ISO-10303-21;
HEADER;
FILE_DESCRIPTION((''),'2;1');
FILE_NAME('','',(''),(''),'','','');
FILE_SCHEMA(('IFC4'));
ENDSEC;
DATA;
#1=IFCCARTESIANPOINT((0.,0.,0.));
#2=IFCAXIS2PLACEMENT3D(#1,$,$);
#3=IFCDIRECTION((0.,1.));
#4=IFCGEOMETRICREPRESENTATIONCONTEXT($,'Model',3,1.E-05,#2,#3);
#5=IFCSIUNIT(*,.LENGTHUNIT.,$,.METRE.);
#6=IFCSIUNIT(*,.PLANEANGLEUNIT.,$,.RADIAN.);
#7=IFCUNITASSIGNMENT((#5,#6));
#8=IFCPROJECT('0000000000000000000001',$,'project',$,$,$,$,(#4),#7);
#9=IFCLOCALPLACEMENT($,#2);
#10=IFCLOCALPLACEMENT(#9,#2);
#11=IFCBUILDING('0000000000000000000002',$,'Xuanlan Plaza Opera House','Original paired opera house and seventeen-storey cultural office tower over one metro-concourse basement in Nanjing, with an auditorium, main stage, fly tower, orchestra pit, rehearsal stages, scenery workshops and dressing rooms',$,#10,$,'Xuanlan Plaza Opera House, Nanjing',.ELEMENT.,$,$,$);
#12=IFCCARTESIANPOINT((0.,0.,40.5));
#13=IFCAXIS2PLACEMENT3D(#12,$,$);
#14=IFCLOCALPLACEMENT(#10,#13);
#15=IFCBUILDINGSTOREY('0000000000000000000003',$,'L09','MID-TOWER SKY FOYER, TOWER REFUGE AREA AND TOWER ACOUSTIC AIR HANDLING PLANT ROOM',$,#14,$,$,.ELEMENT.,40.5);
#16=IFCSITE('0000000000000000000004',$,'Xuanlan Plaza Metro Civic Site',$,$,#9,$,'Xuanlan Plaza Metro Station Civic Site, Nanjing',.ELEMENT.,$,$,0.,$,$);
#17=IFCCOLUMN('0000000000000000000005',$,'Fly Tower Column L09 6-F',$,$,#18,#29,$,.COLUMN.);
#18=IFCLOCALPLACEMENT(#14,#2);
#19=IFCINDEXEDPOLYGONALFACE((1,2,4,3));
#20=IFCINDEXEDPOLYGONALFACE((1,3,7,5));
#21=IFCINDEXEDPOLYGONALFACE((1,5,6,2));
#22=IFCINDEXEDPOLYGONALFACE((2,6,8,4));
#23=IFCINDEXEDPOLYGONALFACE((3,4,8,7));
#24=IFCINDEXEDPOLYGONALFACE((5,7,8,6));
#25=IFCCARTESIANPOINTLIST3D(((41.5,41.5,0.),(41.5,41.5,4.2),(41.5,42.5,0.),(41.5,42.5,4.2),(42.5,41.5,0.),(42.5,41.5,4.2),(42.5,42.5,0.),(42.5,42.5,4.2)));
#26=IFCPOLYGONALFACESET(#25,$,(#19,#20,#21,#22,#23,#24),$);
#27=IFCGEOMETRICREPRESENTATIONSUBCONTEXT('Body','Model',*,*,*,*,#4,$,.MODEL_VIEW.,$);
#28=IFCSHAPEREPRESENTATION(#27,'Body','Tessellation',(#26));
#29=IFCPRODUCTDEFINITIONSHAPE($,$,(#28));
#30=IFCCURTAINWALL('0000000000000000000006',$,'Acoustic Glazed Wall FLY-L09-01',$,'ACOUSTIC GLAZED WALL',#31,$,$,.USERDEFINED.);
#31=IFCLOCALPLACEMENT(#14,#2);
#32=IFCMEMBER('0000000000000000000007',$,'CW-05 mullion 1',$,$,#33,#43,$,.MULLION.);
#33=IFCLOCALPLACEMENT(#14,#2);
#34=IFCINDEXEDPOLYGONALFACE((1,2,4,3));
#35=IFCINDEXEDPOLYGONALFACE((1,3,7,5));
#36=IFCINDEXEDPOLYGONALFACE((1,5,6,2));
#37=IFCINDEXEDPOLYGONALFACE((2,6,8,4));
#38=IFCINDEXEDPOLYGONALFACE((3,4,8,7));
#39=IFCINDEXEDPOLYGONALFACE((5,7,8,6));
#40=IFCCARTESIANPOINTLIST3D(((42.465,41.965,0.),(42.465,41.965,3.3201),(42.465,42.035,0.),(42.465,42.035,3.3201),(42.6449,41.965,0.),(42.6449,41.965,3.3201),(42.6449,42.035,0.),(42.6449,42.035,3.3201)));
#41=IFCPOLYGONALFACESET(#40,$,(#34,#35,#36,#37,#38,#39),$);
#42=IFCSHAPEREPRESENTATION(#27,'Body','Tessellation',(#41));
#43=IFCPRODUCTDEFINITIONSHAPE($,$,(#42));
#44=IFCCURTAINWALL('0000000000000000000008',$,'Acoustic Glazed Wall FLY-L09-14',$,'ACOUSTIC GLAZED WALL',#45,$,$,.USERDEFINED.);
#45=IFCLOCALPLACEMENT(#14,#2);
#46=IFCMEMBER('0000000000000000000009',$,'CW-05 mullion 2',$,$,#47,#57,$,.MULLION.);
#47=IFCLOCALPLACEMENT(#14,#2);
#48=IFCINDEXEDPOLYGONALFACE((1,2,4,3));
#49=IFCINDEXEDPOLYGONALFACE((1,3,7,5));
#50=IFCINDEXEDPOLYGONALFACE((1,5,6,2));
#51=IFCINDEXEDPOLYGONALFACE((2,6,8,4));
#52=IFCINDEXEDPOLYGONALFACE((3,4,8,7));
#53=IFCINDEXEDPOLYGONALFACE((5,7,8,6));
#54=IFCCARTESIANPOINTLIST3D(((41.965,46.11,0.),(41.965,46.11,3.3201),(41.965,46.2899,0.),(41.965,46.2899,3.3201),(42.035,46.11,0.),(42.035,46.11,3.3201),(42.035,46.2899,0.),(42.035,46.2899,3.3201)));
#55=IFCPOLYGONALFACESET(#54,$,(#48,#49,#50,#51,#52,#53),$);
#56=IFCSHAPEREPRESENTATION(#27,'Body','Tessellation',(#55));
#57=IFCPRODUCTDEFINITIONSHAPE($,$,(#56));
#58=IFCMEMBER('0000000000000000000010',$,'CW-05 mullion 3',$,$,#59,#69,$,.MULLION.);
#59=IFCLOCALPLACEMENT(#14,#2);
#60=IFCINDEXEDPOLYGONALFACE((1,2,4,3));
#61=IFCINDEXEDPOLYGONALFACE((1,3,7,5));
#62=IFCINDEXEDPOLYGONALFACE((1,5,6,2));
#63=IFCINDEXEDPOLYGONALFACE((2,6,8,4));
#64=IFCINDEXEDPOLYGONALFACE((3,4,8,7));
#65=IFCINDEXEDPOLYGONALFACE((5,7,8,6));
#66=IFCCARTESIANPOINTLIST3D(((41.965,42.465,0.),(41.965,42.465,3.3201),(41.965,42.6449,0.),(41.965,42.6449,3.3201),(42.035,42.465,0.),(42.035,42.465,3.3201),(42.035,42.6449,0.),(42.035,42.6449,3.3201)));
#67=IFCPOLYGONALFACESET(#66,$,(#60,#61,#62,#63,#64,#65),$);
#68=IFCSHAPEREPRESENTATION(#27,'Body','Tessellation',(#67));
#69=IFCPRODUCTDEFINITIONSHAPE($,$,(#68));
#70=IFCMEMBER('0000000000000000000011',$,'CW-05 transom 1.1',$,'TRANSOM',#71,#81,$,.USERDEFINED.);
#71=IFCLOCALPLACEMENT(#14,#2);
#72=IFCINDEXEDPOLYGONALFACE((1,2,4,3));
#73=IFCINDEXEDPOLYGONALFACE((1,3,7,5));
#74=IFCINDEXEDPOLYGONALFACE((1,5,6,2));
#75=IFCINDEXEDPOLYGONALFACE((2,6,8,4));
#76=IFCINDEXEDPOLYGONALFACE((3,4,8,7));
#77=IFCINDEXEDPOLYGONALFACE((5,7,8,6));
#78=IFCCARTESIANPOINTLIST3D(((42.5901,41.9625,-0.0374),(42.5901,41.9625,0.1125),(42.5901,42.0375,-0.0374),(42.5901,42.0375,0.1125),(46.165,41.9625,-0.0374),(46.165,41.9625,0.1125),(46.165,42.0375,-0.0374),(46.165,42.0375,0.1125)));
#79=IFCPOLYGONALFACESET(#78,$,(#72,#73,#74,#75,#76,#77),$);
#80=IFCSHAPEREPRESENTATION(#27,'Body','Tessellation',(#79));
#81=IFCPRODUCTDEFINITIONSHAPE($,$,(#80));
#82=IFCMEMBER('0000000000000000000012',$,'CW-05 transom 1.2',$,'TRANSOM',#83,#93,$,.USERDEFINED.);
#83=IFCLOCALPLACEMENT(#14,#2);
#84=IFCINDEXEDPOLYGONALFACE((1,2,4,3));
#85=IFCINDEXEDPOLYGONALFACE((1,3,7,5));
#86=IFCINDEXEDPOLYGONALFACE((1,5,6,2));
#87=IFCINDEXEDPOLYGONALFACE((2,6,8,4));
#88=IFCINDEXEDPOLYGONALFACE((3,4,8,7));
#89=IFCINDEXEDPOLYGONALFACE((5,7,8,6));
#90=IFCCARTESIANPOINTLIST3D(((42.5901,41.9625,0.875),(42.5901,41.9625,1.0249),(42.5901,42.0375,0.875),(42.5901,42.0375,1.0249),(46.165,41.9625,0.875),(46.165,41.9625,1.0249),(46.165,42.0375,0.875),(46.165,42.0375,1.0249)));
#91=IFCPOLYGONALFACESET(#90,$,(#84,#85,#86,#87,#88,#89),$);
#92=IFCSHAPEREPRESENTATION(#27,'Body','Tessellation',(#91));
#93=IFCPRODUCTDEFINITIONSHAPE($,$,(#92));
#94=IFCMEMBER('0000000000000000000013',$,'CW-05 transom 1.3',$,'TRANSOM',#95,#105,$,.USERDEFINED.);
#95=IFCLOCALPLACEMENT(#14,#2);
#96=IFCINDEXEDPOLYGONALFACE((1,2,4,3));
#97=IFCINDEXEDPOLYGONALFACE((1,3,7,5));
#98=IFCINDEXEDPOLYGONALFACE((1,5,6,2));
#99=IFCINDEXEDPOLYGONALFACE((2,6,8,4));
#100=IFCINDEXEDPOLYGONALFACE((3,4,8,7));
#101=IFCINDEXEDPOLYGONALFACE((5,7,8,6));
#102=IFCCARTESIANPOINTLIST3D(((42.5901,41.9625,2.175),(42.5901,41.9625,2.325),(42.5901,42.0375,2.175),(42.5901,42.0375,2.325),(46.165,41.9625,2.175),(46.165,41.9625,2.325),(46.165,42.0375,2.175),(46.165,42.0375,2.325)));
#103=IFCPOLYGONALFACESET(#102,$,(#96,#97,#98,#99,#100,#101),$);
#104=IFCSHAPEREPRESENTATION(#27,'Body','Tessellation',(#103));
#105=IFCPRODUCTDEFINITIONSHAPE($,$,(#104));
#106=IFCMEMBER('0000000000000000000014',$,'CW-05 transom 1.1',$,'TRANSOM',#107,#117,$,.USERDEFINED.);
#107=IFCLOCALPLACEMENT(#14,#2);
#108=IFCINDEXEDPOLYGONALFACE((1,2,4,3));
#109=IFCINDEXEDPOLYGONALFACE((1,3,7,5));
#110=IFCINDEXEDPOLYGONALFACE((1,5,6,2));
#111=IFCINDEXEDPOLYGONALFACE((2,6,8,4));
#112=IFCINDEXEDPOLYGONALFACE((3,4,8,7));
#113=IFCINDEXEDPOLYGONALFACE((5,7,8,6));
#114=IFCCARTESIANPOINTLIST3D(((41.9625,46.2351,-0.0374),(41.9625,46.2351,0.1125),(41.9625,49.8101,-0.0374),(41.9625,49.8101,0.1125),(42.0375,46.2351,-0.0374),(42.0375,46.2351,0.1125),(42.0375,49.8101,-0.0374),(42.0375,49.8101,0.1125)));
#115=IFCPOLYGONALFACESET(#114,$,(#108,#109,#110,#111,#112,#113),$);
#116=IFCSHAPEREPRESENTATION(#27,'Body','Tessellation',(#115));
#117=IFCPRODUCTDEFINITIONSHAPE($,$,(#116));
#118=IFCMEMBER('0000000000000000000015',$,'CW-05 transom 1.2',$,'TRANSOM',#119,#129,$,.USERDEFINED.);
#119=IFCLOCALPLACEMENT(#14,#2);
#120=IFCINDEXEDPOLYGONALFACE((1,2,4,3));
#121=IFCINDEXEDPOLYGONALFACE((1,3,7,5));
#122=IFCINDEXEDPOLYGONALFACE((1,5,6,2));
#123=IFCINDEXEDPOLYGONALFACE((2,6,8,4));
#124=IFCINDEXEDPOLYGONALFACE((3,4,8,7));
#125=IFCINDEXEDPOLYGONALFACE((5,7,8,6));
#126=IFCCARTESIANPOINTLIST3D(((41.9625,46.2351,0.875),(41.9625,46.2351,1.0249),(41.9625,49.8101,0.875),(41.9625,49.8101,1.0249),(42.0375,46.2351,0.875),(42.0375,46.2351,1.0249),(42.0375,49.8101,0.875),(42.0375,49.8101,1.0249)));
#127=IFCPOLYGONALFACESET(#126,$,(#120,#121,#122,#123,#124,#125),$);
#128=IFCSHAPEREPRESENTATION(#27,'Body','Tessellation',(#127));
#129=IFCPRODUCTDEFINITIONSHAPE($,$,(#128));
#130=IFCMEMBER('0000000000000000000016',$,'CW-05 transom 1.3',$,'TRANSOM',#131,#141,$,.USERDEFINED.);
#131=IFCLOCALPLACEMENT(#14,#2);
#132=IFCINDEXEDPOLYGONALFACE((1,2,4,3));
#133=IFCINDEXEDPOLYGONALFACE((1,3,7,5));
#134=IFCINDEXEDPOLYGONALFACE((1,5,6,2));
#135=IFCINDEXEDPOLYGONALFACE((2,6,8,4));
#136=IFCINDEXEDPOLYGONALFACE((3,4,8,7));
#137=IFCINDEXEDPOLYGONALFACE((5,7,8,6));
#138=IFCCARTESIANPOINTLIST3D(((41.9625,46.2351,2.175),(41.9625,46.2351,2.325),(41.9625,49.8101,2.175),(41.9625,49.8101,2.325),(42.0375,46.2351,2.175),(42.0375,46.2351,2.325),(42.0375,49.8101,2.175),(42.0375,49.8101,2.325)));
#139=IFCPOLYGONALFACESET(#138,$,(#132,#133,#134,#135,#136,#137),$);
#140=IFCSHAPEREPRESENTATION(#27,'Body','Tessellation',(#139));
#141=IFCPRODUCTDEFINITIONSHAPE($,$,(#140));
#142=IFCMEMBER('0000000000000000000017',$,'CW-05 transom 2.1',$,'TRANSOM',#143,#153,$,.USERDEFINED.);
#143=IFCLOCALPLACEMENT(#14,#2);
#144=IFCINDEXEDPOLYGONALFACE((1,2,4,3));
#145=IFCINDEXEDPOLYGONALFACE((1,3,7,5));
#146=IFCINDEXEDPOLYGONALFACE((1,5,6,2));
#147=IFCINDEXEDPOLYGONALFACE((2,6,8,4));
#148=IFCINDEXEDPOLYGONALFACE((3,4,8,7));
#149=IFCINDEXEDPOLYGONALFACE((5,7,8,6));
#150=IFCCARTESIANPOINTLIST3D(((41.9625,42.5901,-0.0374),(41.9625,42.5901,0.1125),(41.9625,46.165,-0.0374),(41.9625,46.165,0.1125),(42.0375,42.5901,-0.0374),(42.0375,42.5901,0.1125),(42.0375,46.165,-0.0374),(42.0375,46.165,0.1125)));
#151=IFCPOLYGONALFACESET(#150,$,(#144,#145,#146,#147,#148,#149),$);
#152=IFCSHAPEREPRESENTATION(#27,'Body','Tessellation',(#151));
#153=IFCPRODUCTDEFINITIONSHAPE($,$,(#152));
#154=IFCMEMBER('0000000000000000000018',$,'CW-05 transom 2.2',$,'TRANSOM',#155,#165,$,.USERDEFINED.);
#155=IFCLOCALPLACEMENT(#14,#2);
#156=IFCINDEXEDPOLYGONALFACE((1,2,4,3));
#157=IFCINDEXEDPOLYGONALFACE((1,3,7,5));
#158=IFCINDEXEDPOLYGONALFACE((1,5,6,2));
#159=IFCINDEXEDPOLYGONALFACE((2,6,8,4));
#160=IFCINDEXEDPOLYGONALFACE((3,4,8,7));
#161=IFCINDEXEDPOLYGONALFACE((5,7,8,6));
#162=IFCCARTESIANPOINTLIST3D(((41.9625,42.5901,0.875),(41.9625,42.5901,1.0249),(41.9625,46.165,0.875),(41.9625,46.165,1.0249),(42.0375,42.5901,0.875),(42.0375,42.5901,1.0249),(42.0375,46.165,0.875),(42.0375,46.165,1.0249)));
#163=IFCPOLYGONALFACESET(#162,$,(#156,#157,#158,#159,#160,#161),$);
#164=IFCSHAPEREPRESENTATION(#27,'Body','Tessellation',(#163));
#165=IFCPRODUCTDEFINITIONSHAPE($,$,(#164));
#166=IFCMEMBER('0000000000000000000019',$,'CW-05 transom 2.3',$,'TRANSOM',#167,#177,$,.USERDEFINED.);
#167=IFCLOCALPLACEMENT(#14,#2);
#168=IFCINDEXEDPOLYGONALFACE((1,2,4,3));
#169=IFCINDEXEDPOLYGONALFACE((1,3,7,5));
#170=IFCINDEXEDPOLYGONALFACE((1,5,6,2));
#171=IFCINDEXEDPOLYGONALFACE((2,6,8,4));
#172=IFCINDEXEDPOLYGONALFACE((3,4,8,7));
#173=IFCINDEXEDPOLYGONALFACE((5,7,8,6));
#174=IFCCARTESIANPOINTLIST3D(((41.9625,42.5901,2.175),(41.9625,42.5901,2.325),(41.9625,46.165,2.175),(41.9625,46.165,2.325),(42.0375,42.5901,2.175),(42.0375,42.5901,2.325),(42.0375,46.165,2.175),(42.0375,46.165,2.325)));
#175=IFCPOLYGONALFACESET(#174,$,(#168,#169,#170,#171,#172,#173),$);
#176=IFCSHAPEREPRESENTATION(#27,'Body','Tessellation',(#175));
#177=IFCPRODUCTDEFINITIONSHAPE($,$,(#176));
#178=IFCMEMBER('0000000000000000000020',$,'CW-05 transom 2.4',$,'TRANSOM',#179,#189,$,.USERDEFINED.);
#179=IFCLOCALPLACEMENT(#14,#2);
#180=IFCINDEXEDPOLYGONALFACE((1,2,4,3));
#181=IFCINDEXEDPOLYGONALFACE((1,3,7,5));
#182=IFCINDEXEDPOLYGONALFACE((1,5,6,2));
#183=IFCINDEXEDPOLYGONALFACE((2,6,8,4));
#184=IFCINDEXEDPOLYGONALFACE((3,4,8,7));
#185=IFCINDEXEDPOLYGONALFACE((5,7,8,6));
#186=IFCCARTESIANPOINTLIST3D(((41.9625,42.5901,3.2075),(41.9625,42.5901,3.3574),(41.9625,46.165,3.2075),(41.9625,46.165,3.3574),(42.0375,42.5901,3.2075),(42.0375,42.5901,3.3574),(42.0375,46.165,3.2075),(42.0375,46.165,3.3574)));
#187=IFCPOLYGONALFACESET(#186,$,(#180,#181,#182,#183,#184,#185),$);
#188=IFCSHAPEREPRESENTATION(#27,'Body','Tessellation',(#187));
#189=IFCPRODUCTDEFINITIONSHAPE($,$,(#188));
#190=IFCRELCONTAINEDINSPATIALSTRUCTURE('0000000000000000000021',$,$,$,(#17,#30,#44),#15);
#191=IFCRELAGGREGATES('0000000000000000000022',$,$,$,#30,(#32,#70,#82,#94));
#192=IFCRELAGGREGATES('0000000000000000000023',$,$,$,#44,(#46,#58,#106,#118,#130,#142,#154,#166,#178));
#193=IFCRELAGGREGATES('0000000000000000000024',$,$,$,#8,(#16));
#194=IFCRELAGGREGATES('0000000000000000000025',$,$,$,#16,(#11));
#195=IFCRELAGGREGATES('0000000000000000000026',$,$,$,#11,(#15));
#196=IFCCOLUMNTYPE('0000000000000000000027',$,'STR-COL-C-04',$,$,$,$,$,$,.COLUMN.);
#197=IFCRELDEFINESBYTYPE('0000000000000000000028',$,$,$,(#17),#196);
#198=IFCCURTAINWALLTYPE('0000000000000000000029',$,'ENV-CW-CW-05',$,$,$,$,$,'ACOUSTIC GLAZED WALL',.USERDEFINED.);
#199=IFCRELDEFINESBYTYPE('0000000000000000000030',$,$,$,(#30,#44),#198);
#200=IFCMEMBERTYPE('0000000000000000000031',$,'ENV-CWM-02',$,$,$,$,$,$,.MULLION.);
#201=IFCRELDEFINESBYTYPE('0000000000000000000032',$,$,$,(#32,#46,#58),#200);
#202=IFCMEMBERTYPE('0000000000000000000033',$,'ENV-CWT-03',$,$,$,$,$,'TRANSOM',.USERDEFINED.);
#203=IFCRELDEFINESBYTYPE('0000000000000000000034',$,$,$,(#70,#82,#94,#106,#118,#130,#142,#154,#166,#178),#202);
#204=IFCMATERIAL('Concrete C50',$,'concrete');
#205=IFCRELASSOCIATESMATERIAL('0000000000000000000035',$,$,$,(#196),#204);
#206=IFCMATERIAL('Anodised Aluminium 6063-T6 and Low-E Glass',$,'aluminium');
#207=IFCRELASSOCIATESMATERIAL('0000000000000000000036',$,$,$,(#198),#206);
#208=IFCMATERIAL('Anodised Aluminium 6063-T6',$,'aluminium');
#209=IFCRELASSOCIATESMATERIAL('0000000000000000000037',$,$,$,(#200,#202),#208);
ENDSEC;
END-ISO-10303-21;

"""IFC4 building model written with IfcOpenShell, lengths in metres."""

from ifc_helpers import new_model, si_unit, direction, frame, origin, origin_2d, place, context, subcontext, project, spatial, rectangle, extrude, material, material_profile, profile_set, type_object, element, aggregate, save


model = new_model("IFC4")

# Units and contexts
model_context = context("Model", 3, precision=1e-05, world=origin(), true_north=direction((0.0, 1.0)))
body_context = subcontext(model_context, "Body", "Model", "MODEL_VIEW")
ifc_project = project(units=[si_unit("LENGTHUNIT", "METRE"), si_unit("PLANEANGLEUNIT", "RADIAN")], contexts=[model_context])

# Site, building, storey
site_placement = place(None, origin())
site = spatial("IfcSite", under=ifc_project, at=site_placement, Name="Xuanlan Plaza Metro Civic Site", LongName="Xuanlan Plaza Metro Station Civic Site, Nanjing", CompositionType="ELEMENT", RefElevation=0.0)
building_placement = place(site_placement, origin())
building = spatial("IfcBuilding", under=site, at=building_placement, Name="Xuanlan Plaza Opera House", Description="Original paired opera house and seventeen-storey cultural office tower over one metro-concourse basement in Nanjing, with an auditorium, main stage, fly tower, orchestra pit, rehearsal stages, scenery workshops and dressing rooms", LongName="Xuanlan Plaza Opera House, Nanjing", CompositionType="ELEMENT")
storey_placement = place(building_placement, frame((0.0, 0.0, 40.5)))
storey = spatial("IfcBuildingStorey", under=building, at=storey_placement, Name="L09", Description="MID-TOWER SKY FOYER, TOWER REFUGE AREA AND TOWER ACOUSTIC AIR HANDLING PLANT ROOM", CompositionType="ELEMENT", Elevation=40.5)

# Column
ifc_material_1 = material(Name="Concrete C50", Category="concrete")
ifc_material_profile_1 = material_profile(ifc_material_1, rectangle(XDim=1.0, YDim=1.0, at=origin_2d()), Name="RC-COL 1000x1000")
ifc_profile_set_1 = profile_set([ifc_material_profile_1], Name="Concrete C50")
column_type = type_object("IfcColumnType", Name="STR-COL-C-04", PredefinedType="COLUMN", material=ifc_profile_set_1)
column_placement = place(storey_placement, frame((42.0, 42.0, 0.0), z_axis=(0.0, 0.0, 1.0), x_axis=(1.0, 0.0, 0.0)))
element("IfcColumn", 1, at=column_placement, inside=storey, type_object=column_type, Name="Fly Tower Column L09 6-F", PredefinedType="COLUMN", context=body_context, shape_type="SweptSolid", body=[
    extrude(rectangle(XDim=1.0, YDim=1.0, at=origin_2d()), origin(), (0.0, 0.0, 1.0), 4.2),
])

# Curtain wall, member
ifc_material_2 = material(Name="Anodised Aluminium 6063-T6 and Low-E Glass", Category="aluminium")
curtain_wall_type = type_object("IfcCurtainWallType", Name="ENV-CW-CW-05", ElementType="ACOUSTIC GLAZED WALL", PredefinedType="USERDEFINED", material=ifc_material_2)
curtain_wall_1_placement = place(storey_placement, origin())
curtain_wall_1 = element("IfcCurtainWall", 2, at=curtain_wall_1_placement, inside=storey, type_object=curtain_wall_type, Name="Acoustic Glazed Wall FLY-L09-01", ObjectType="ACOUSTIC GLAZED WALL", PredefinedType="USERDEFINED")
ifc_material_3 = material(Name="Anodised Aluminium 6063-T6", Category="aluminium")
ifc_material_profile_2 = material_profile(ifc_material_3, rectangle(XDim=0.0701, YDim=0.1799, at=origin_2d()), Name="ALU-M 70x180")
ifc_profile_set_2 = profile_set([ifc_material_profile_2], Name="Anodised Aluminium 6063-T6")
member_type_1 = type_object("IfcMemberType", Name="ENV-CWM-02", PredefinedType="MULLION", material=ifc_profile_set_2)
member_1_placement = place(storey_placement, frame((42.5549, 42.0, 0.0), z_axis=(0.0, 0.0, 1.0), x_axis=(0.0, 1.0, 0.0)))
member_1 = element("IfcMember", 3, at=member_1_placement, type_object=member_type_1, Name="CW-05 mullion 1", PredefinedType="MULLION", context=body_context, shape_type="SweptSolid", body=[
    extrude(rectangle(XDim=0.0701, YDim=0.1799, at=origin_2d()), origin(), (0.0, 0.0, 1.0), 3.3201),
])

# Curtain wall, members
curtain_wall_2_placement = place(storey_placement, origin())
curtain_wall_2 = element("IfcCurtainWall", 4, at=curtain_wall_2_placement, inside=storey, type_object=curtain_wall_type, Name="Acoustic Glazed Wall FLY-L09-14", ObjectType="ACOUSTIC GLAZED WALL", PredefinedType="USERDEFINED")
member_2_placement = place(storey_placement, frame((42.0, 46.2, 0.0), z_axis=(0.0, 0.0, 1.0), x_axis=(1.0, 0.0, 0.0)))
member_2 = element("IfcMember", 5, at=member_2_placement, type_object=member_type_1, Name="CW-05 mullion 2", PredefinedType="MULLION", context=body_context, shape_type="SweptSolid", body=[
    extrude(rectangle(XDim=0.0701, YDim=0.1799, at=origin_2d()), origin(), (0.0, 0.0, 1.0), 3.3201),
])
member_3_placement = place(storey_placement, frame((42.0, 42.5549, 0.0), z_axis=(0.0, 0.0, 1.0), x_axis=(1.0, 0.0, 0.0)))
member_3 = element("IfcMember", 6, at=member_3_placement, type_object=member_type_1, Name="CW-05 mullion 3", PredefinedType="MULLION", context=body_context, shape_type="SweptSolid", body=[
    extrude(rectangle(XDim=0.0701, YDim=0.1799, at=origin_2d()), origin(), (0.0, 0.0, 1.0), 3.3201),
])

# Members
ifc_material_profile_3 = material_profile(ifc_material_3, rectangle(XDim=0.075, YDim=0.1499, at=origin_2d()), Name="ALU-T 75x150")
ifc_profile_set_3 = profile_set([ifc_material_profile_3], Name="Anodised Aluminium 6063-T6")
member_type_2 = type_object("IfcMemberType", Name="ENV-CWT-03", ElementType="TRANSOM", PredefinedType="USERDEFINED", material=ifc_profile_set_3)
member_4_placement = place(storey_placement, frame((42.5901, 42.0, 0.0376), z_axis=(1.0, 0.0, 0.0), x_axis=(0.0, 1.0, 0.0)))
member_4 = element("IfcMember", 7, at=member_4_placement, type_object=member_type_2, Name="CW-05 transom 1.1", ObjectType="TRANSOM", PredefinedType="USERDEFINED", context=body_context, shape_type="SweptSolid", body=[
    extrude(rectangle(XDim=0.075, YDim=0.1499, at=origin_2d()), origin(), (0.0, 0.0, 1.0), 3.575),
])
member_5_placement = place(storey_placement, frame((42.5901, 42.0, 0.95), z_axis=(1.0, 0.0, 0.0), x_axis=(0.0, 1.0, 0.0)))
member_5 = element("IfcMember", 8, at=member_5_placement, type_object=member_type_2, Name="CW-05 transom 1.2", ObjectType="TRANSOM", PredefinedType="USERDEFINED", context=body_context, shape_type="SweptSolid", body=[
    extrude(rectangle(XDim=0.075, YDim=0.1499, at=origin_2d()), origin(), (0.0, 0.0, 1.0), 3.575),
])
member_6_placement = place(storey_placement, frame((42.5901, 42.0, 2.25), z_axis=(1.0, 0.0, 0.0), x_axis=(0.0, 1.0, 0.0)))
member_6 = element("IfcMember", 9, at=member_6_placement, type_object=member_type_2, Name="CW-05 transom 1.3", ObjectType="TRANSOM", PredefinedType="USERDEFINED", context=body_context, shape_type="SweptSolid", body=[
    extrude(rectangle(XDim=0.075, YDim=0.1499, at=origin_2d()), origin(), (0.0, 0.0, 1.0), 3.575),
])
aggregate(curtain_wall_1, [member_1, member_4, member_5, member_6])
member_7_placement = place(storey_placement, frame((42.0, 49.8101, 0.0376), z_axis=(0.0, -1.0, 0.0), x_axis=(1.0, 0.0, 0.0)))
member_7 = element("IfcMember", 10, at=member_7_placement, type_object=member_type_2, Name="CW-05 transom 1.1", ObjectType="TRANSOM", PredefinedType="USERDEFINED", context=body_context, shape_type="SweptSolid", body=[
    extrude(rectangle(XDim=0.075, YDim=0.1499, at=origin_2d()), origin(), (0.0, 0.0, 1.0), 3.575),
])
member_8_placement = place(storey_placement, frame((42.0, 49.8101, 0.95), z_axis=(0.0, -1.0, 0.0), x_axis=(1.0, 0.0, 0.0)))
member_8 = element("IfcMember", 11, at=member_8_placement, type_object=member_type_2, Name="CW-05 transom 1.2", ObjectType="TRANSOM", PredefinedType="USERDEFINED", context=body_context, shape_type="SweptSolid", body=[
    extrude(rectangle(XDim=0.075, YDim=0.1499, at=origin_2d()), origin(), (0.0, 0.0, 1.0), 3.575),
])
member_9_placement = place(storey_placement, frame((42.0, 49.8101, 2.25), z_axis=(0.0, -1.0, 0.0), x_axis=(1.0, 0.0, 0.0)))
member_9 = element("IfcMember", 12, at=member_9_placement, type_object=member_type_2, Name="CW-05 transom 1.3", ObjectType="TRANSOM", PredefinedType="USERDEFINED", context=body_context, shape_type="SweptSolid", body=[
    extrude(rectangle(XDim=0.075, YDim=0.1499, at=origin_2d()), origin(), (0.0, 0.0, 1.0), 3.575),
])
member_10_placement = place(storey_placement, frame((42.0, 46.165, 0.0376), z_axis=(0.0, -1.0, 0.0), x_axis=(1.0, 0.0, 0.0)))
member_10 = element("IfcMember", 13, at=member_10_placement, type_object=member_type_2, Name="CW-05 transom 2.1", ObjectType="TRANSOM", PredefinedType="USERDEFINED", context=body_context, shape_type="SweptSolid", body=[
    extrude(rectangle(XDim=0.075, YDim=0.1499, at=origin_2d()), origin(), (0.0, 0.0, 1.0), 3.575),
])
member_11_placement = place(storey_placement, frame((42.0, 46.165, 0.95), z_axis=(0.0, -1.0, 0.0), x_axis=(1.0, 0.0, 0.0)))
member_11 = element("IfcMember", 14, at=member_11_placement, type_object=member_type_2, Name="CW-05 transom 2.2", ObjectType="TRANSOM", PredefinedType="USERDEFINED", context=body_context, shape_type="SweptSolid", body=[
    extrude(rectangle(XDim=0.075, YDim=0.1499, at=origin_2d()), origin(), (0.0, 0.0, 1.0), 3.575),
])
member_12_placement = place(storey_placement, frame((42.0, 46.165, 2.25), z_axis=(0.0, -1.0, 0.0), x_axis=(1.0, 0.0, 0.0)))
member_12 = element("IfcMember", 15, at=member_12_placement, type_object=member_type_2, Name="CW-05 transom 2.3", ObjectType="TRANSOM", PredefinedType="USERDEFINED", context=body_context, shape_type="SweptSolid", body=[
    extrude(rectangle(XDim=0.075, YDim=0.1499, at=origin_2d()), origin(), (0.0, 0.0, 1.0), 3.575),
])
member_13_placement = place(storey_placement, frame((42.0, 46.165, 3.2825), z_axis=(0.0, -1.0, 0.0), x_axis=(1.0, 0.0, 0.0)))
member_13 = element("IfcMember", 16, at=member_13_placement, type_object=member_type_2, Name="CW-05 transom 2.4", ObjectType="TRANSOM", PredefinedType="USERDEFINED", context=body_context, shape_type="SweptSolid", body=[
    extrude(rectangle(XDim=0.075, YDim=0.1499, at=origin_2d()), origin(), (0.0, 0.0, 1.0), 3.575),
])

aggregate(curtain_wall_2, [member_2, member_3, member_7, member_8, member_9, member_10, member_11, member_12, member_13])

save(model, "model.ifc")
